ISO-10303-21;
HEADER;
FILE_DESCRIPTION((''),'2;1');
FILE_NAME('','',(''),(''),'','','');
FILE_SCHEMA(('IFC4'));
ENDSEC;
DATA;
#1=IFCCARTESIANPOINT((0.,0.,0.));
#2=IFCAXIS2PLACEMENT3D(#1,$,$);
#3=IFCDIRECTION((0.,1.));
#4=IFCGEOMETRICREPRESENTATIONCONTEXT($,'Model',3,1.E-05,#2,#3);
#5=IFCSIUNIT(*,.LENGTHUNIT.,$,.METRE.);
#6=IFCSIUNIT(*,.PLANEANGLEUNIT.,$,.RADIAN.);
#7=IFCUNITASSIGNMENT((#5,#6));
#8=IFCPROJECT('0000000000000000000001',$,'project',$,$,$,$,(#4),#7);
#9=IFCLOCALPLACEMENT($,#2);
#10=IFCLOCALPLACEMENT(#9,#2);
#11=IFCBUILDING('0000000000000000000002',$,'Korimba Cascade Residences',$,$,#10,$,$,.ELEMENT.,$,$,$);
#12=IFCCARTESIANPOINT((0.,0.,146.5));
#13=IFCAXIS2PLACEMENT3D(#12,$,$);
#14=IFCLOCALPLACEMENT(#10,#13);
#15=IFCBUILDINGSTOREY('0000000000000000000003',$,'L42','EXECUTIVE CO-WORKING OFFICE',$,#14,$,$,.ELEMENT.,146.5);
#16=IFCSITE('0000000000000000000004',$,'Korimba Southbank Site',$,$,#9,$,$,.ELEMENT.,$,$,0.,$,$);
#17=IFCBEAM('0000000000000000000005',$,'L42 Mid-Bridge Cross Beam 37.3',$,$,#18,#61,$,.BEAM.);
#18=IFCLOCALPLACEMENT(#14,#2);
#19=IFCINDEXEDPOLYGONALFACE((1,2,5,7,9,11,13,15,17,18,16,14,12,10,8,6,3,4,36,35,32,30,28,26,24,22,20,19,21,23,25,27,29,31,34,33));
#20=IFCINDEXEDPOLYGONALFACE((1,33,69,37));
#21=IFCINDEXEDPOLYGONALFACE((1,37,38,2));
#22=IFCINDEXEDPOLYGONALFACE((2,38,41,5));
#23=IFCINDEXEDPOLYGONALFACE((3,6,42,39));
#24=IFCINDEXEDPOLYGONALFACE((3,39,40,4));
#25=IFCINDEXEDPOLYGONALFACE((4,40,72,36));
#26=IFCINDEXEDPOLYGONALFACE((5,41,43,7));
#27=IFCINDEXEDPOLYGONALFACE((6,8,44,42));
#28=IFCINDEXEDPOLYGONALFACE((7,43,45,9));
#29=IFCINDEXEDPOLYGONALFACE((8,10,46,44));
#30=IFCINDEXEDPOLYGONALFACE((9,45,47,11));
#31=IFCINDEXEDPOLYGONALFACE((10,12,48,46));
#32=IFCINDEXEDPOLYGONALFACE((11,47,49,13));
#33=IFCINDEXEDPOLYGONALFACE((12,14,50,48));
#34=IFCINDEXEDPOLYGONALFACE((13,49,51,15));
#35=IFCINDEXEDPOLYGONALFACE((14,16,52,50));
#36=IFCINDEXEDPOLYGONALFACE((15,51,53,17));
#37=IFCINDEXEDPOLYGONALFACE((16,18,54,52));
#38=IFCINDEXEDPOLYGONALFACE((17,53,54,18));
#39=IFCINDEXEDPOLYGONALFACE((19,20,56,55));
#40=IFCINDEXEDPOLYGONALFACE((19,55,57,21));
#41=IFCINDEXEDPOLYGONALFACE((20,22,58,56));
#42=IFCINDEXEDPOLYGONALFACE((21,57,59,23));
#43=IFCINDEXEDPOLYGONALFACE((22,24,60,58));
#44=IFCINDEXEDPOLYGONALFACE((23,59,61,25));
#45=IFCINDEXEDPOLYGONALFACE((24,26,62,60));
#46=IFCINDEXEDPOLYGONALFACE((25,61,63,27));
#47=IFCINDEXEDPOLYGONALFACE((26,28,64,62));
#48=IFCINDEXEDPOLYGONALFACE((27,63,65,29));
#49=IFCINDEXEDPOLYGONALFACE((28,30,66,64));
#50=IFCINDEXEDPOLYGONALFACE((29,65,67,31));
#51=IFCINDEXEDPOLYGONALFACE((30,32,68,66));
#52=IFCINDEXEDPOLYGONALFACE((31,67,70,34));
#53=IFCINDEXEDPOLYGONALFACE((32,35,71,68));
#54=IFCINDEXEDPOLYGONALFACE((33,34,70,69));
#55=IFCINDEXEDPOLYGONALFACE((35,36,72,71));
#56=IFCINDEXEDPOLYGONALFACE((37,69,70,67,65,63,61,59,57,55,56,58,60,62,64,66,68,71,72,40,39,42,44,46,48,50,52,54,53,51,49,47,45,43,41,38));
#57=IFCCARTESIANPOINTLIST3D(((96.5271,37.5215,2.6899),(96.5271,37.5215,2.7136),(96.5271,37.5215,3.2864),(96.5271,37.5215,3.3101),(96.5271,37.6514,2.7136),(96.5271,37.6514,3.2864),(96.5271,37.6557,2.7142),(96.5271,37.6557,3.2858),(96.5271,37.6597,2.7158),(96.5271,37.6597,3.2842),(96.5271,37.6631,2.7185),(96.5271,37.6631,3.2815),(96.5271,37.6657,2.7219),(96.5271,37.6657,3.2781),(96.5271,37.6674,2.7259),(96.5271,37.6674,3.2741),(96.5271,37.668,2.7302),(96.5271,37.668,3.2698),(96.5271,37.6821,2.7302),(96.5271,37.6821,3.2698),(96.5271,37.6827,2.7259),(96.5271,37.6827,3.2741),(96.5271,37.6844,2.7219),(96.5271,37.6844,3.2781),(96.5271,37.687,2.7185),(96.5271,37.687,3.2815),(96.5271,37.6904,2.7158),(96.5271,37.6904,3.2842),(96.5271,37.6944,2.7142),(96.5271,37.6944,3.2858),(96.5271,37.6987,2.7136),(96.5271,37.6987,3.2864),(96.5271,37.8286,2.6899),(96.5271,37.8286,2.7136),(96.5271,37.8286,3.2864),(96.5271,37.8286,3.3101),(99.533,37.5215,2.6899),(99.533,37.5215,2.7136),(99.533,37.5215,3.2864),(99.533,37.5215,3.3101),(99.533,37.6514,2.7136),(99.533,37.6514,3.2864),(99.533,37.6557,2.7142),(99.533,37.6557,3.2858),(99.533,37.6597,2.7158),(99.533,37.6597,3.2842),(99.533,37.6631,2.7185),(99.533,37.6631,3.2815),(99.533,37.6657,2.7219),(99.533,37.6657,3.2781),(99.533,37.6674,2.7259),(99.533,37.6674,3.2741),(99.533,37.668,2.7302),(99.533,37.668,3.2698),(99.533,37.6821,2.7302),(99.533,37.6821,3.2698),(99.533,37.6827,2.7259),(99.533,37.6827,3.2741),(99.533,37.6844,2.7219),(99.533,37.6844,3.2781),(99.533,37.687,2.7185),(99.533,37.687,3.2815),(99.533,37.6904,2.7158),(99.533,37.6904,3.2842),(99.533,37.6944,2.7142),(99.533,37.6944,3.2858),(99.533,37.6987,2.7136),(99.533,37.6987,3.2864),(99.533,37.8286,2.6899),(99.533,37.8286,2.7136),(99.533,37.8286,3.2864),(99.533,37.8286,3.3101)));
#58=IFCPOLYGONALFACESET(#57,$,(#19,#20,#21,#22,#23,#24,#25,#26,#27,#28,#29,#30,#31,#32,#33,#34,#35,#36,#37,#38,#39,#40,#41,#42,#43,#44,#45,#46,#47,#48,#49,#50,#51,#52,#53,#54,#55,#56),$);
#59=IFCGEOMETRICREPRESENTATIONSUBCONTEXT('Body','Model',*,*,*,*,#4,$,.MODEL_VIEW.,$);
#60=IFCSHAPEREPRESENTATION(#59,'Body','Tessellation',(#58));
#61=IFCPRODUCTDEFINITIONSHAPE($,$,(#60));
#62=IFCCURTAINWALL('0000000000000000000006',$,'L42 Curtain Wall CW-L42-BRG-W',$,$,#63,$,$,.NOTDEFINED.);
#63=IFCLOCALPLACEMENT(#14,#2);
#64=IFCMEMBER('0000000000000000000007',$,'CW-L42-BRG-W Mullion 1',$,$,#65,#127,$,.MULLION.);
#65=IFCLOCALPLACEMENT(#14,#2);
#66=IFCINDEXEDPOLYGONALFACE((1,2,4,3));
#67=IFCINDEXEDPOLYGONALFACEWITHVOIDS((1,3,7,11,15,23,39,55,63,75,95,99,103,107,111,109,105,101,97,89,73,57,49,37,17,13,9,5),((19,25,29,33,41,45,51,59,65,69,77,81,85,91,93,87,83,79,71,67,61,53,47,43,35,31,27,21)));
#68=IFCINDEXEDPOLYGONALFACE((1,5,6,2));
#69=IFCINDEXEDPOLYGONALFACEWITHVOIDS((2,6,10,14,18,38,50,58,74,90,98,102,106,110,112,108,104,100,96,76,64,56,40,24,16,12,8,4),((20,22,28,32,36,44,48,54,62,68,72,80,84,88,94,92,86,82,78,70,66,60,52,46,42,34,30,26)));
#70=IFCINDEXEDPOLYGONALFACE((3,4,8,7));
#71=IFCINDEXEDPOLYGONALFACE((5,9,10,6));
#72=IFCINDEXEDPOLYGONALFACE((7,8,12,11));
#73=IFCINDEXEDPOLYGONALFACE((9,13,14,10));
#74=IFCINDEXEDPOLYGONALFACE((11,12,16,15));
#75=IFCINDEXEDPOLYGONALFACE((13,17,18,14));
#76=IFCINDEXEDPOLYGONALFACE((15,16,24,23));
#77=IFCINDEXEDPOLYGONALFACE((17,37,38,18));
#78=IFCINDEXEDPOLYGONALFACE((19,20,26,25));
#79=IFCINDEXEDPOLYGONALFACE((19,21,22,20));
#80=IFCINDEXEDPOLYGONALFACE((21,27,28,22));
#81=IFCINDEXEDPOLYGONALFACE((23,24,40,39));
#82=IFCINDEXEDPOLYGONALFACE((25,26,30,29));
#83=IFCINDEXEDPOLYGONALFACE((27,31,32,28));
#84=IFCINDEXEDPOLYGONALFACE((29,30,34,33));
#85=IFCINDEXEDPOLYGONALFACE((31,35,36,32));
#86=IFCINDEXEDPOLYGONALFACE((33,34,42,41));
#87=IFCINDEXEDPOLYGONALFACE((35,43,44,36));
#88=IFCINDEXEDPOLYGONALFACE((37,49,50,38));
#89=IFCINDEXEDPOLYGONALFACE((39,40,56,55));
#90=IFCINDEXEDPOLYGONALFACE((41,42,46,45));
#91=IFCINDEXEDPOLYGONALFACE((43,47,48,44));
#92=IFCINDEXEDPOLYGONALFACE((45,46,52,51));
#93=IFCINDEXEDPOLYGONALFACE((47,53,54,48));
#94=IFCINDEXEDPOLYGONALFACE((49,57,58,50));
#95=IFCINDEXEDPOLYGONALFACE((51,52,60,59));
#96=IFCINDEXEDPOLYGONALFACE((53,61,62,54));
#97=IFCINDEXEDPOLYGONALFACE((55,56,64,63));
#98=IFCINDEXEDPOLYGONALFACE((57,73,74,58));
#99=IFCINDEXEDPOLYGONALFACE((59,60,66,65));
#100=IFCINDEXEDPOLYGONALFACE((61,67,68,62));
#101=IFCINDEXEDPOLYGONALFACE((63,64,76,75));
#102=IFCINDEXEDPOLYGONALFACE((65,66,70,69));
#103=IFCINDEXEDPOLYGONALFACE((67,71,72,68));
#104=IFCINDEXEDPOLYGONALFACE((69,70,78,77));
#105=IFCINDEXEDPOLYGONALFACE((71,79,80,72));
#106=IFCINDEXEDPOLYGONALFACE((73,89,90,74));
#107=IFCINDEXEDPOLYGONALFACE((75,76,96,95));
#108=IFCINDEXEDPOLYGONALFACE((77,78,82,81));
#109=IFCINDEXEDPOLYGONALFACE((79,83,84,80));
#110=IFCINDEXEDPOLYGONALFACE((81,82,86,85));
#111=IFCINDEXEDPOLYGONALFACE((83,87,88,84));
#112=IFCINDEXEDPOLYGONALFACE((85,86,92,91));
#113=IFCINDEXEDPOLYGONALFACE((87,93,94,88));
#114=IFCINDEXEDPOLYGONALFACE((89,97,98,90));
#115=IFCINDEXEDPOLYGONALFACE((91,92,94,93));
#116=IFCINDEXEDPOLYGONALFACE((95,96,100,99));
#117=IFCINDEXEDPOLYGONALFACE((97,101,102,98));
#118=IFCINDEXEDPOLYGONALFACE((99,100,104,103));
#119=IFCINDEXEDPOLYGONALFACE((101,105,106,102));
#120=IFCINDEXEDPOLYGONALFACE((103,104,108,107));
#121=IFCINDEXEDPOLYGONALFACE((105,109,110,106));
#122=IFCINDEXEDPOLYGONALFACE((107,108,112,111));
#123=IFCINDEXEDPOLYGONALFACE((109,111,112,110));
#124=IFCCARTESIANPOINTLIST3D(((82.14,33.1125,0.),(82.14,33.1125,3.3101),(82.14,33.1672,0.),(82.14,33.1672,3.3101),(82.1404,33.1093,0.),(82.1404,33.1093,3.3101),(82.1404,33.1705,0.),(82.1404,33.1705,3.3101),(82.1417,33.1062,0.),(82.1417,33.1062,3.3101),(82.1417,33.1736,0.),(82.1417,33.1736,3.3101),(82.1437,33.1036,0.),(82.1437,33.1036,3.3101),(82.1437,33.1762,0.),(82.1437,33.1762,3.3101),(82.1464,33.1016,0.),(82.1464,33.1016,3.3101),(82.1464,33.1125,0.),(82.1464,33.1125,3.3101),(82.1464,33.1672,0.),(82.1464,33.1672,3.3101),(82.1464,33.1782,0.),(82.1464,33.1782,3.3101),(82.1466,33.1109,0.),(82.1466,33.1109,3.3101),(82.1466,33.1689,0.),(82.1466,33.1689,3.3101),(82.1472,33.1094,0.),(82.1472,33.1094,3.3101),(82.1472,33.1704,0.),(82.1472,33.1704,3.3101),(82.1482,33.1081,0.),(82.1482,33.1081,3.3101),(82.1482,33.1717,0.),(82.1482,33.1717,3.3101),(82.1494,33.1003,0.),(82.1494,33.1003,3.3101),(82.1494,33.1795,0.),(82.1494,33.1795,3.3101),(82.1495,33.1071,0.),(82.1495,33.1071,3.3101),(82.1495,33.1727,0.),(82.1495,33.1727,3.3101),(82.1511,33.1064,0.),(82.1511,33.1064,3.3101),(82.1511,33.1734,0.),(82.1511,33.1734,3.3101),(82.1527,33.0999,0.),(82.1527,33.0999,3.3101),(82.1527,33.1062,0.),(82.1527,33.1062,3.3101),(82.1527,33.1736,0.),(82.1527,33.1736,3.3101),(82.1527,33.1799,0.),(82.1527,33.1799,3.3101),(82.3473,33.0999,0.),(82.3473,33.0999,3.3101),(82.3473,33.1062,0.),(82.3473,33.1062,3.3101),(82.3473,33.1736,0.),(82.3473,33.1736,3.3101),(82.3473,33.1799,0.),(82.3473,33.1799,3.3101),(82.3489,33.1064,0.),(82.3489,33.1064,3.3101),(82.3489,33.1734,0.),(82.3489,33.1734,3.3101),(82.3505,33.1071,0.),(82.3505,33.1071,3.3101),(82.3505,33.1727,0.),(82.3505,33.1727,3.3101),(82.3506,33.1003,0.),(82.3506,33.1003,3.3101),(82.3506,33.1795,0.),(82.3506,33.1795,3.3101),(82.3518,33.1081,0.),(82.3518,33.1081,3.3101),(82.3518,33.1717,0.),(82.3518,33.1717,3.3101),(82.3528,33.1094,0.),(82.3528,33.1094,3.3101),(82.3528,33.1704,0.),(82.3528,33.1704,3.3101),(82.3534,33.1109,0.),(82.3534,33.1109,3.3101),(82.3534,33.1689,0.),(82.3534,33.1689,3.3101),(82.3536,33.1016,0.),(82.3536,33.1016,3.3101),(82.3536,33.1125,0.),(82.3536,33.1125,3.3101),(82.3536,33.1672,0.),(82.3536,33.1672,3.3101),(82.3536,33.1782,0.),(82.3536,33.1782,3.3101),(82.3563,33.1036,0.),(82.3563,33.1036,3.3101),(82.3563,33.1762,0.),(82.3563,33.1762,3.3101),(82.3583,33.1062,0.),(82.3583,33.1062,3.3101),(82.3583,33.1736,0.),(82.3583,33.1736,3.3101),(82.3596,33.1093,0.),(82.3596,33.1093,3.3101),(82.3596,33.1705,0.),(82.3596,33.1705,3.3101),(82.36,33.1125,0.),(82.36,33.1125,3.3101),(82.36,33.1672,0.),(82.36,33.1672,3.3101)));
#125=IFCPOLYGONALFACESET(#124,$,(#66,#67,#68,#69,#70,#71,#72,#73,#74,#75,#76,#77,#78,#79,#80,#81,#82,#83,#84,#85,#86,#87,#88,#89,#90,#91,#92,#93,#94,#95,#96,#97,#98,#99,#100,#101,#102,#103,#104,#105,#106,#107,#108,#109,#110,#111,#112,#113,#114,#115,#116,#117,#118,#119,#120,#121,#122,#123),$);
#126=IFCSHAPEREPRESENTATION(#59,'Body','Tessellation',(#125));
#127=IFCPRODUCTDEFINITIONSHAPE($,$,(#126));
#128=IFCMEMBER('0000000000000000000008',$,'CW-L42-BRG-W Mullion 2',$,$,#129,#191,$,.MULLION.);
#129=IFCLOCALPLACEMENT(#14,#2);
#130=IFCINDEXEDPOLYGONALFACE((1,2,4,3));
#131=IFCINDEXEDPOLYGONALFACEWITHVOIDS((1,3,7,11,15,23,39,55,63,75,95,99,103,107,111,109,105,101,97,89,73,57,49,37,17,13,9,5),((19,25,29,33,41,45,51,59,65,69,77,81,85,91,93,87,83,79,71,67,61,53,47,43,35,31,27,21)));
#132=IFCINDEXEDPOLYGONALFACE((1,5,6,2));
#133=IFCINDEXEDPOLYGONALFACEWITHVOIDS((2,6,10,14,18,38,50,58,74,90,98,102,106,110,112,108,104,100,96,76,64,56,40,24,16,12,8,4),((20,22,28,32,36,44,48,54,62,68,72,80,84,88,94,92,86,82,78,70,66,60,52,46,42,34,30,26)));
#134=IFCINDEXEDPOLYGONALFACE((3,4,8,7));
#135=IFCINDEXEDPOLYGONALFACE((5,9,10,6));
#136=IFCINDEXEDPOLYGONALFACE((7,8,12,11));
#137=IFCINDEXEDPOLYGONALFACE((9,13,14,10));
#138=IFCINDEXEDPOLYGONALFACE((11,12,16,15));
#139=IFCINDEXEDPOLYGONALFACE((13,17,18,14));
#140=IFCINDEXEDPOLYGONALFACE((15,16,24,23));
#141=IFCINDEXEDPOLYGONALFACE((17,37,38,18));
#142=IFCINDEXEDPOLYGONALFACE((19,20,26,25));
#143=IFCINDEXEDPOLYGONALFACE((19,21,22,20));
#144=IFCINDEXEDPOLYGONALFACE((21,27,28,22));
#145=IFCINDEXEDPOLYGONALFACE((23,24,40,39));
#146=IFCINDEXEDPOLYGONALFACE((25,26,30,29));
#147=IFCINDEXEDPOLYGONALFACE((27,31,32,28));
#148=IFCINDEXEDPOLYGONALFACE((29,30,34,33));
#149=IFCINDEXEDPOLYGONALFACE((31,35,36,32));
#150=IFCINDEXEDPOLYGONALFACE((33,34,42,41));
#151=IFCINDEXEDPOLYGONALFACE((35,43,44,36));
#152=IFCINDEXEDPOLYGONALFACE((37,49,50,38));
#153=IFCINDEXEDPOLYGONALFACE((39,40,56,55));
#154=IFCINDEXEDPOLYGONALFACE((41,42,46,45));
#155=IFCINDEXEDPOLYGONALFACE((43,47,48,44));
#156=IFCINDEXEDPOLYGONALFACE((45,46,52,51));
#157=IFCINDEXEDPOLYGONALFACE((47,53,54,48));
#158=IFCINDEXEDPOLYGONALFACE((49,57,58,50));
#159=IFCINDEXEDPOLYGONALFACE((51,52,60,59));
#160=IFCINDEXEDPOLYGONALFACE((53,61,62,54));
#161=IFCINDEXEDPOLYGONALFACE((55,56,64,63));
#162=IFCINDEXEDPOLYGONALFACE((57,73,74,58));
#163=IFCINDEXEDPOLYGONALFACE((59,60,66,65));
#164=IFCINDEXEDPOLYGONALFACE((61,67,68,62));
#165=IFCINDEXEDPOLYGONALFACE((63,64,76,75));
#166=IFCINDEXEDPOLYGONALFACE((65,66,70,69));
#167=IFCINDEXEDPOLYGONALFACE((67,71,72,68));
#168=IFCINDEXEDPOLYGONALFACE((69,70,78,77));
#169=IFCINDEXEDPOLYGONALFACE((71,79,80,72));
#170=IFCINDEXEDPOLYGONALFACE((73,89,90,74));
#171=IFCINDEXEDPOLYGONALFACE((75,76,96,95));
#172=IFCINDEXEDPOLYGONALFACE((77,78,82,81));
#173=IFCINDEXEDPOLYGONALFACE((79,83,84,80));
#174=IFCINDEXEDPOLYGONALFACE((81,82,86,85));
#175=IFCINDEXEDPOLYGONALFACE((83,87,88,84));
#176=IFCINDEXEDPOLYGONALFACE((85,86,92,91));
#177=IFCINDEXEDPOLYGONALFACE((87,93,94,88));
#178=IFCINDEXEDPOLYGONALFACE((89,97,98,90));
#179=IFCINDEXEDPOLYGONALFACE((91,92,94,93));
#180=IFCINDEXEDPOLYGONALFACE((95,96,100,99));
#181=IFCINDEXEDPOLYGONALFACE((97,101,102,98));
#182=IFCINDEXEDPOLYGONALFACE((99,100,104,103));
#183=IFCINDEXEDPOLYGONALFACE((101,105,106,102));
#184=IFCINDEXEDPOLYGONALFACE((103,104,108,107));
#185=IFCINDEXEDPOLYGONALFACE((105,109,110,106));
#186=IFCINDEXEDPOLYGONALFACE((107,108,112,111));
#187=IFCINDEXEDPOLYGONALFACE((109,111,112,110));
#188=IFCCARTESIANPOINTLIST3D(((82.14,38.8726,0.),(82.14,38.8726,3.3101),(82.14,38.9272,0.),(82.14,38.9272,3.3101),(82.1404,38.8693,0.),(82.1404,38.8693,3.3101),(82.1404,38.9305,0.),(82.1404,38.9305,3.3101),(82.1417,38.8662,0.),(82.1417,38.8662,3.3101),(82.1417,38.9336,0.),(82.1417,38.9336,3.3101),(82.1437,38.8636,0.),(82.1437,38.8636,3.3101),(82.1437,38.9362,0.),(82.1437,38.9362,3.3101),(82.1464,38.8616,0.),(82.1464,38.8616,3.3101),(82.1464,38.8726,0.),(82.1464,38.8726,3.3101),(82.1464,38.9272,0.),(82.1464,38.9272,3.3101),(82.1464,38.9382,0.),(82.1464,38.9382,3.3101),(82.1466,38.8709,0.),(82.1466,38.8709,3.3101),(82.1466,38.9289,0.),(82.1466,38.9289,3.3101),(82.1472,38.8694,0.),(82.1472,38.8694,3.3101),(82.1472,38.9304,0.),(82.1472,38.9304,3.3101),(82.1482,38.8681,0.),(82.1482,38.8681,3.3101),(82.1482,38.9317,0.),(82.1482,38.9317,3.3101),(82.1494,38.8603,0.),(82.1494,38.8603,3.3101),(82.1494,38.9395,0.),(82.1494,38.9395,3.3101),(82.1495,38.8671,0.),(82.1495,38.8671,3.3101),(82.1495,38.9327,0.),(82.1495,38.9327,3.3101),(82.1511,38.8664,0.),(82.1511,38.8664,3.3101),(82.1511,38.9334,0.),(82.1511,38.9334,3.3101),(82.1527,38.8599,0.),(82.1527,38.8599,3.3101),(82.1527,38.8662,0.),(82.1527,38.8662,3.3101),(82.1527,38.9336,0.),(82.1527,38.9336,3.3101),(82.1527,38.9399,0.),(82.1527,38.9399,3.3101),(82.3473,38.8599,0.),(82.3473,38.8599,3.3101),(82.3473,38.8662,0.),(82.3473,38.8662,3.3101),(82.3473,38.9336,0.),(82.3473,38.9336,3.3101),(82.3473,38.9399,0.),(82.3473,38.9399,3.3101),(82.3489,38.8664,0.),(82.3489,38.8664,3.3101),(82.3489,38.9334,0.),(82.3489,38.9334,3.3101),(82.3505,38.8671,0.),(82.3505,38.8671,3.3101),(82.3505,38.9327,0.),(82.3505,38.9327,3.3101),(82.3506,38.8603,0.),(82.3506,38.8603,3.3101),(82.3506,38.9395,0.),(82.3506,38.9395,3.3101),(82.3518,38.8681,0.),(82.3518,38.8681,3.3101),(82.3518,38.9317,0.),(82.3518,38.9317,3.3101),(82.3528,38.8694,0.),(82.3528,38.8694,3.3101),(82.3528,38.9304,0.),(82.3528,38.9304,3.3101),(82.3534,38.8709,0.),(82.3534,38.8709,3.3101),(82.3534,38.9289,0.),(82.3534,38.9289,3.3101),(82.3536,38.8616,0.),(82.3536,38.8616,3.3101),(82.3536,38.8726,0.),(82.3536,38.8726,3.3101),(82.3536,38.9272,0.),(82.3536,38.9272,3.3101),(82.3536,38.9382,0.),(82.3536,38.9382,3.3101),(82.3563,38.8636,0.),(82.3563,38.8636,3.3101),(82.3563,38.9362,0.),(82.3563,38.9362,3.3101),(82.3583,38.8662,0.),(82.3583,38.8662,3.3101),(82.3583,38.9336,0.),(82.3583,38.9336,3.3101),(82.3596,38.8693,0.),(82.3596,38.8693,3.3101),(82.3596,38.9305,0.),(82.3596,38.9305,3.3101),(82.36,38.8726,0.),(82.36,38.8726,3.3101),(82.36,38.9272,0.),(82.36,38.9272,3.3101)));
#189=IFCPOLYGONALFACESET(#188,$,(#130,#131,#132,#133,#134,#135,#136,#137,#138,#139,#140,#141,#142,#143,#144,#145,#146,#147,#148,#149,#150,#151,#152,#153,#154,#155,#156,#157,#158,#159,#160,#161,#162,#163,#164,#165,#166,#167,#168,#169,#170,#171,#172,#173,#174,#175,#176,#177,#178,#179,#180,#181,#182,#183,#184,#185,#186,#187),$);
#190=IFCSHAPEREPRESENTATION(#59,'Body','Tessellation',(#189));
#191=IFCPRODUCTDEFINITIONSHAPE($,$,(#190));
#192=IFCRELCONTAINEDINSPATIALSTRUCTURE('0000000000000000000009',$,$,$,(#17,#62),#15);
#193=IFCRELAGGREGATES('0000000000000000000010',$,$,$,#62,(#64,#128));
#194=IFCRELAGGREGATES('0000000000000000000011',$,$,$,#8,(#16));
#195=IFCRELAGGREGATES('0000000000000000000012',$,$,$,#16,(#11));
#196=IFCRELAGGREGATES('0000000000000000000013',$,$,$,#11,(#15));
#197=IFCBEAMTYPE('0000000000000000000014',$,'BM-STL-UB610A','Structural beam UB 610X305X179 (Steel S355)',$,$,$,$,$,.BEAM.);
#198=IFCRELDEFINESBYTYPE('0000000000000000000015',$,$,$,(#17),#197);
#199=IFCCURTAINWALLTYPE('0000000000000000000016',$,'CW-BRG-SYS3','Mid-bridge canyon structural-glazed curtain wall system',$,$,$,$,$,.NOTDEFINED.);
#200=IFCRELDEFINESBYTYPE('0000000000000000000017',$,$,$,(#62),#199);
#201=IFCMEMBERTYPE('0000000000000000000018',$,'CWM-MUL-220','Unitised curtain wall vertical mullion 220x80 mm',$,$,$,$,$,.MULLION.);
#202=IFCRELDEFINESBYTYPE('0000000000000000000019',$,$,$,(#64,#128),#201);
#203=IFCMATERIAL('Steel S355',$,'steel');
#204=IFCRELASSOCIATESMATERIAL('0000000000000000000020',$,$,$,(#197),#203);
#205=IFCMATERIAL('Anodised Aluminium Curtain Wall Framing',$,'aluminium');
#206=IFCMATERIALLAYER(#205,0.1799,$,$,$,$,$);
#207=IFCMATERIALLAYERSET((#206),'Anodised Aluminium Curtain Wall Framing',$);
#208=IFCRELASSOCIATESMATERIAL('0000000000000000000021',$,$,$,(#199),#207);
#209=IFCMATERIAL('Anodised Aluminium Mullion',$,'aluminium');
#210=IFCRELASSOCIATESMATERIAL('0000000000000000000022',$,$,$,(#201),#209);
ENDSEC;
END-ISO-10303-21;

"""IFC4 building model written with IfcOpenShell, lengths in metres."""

from ifc_helpers import new_model, si_unit, direction, frame, origin, origin_2d, place, context, subcontext, project, spatial, hollow_rectangle, i_section, extrude, material, layer, layer_set, material_profile, profile_set, type_object, element, aggregate, save


model = new_model("IFC4")

# Units and contexts
model_context = context("Model", 3, precision=1e-05, world=origin(), true_north=direction((0.0, 1.0)))
body_context = subcontext(model_context, "Body", "Model", "MODEL_VIEW")
ifc_project = project(units=[si_unit("LENGTHUNIT", "METRE"), si_unit("PLANEANGLEUNIT", "RADIAN")], contexts=[model_context])

# Site, building, storey
site_placement = place(None, origin())
site = spatial("IfcSite", under=ifc_project, at=site_placement, Name="Korimba Southbank Site", CompositionType="ELEMENT", RefElevation=0.0)
building_placement = place(site_placement, origin())
building = spatial("IfcBuilding", under=site, at=building_placement, Name="Korimba Cascade Residences", CompositionType="ELEMENT")
storey_placement = place(building_placement, frame((0.0, 0.0, 146.5)))
storey = spatial("IfcBuildingStorey", under=building, at=storey_placement, Name="L42", Description="EXECUTIVE CO-WORKING OFFICE", CompositionType="ELEMENT", Elevation=146.5)

# Beam
ifc_material_1 = material(Name="Steel S355", Category="steel")
ifc_material_profile_1 = material_profile(ifc_material_1, i_section(OverallWidth=0.3071, OverallDepth=0.6201, WebThickness=0.0142, FlangeThickness=0.0237, FilletRadius=0.0166, at=origin_2d()), Name="Steel S355")
ifc_profile_set_1 = profile_set([ifc_material_profile_1], Name="Steel S355")
beam_type = type_object("IfcBeamType", Name="BM-STL-UB610A", Description="Structural beam UB 610X305X179 (Steel S355)", PredefinedType="BEAM", material=ifc_profile_set_1)
beam_1_placement = place(storey_placement, frame((96.5271, 37.675, 3.0), z_axis=(1.0, 0.0, 0.0), x_axis=(0.0, 1.0, 0.0)))
element("IfcBeam", 1, at=beam_1_placement, inside=storey, type_object=beam_type, Name="L42 Mid-Bridge Cross Beam 37.3", PredefinedType="BEAM", context=body_context, shape_type="SweptSolid", body=[
    extrude(i_section(OverallWidth=0.3071, OverallDepth=0.6201, WebThickness=0.0142, FlangeThickness=0.0237, FilletRadius=0.0166, at=origin_2d()), origin(), (0.0, 0.0, 1.0), 3.0059),
])

# Curtain wall, members
ifc_material_2 = material(Name="Anodised Aluminium Curtain Wall Framing", Category="aluminium")
ifc_layer_1 = layer(ifc_material_2, 0.1799)
ifc_layer_set_1 = layer_set([ifc_layer_1], Name="Anodised Aluminium Curtain Wall Framing")
curtain_wall_type = type_object("IfcCurtainWallType", Name="CW-BRG-SYS3", Description="Mid-bridge canyon structural-glazed curtain wall system", PredefinedType="NOTDEFINED", material=ifc_layer_set_1)
curtain_wall_placement = place(storey_placement, origin())
curtain_wall = element("IfcCurtainWall", 2, at=curtain_wall_placement, inside=storey, type_object=curtain_wall_type, Name="L42 Curtain Wall CW-L42-BRG-W", PredefinedType="NOTDEFINED")
ifc_material_3 = material(Name="Anodised Aluminium Mullion", Category="aluminium")
ifc_material_profile_2 = material_profile(ifc_material_3, hollow_rectangle(XDim=0.0801, YDim=0.22, WallThickness=0.0063, InnerFilletRadius=0.0063, OuterFilletRadius=0.0127, at=origin_2d()), Name="Anodised Aluminium Mullion")
ifc_profile_set_2 = profile_set([ifc_material_profile_2], Name="Anodised Aluminium Mullion")
member_type_1 = type_object("IfcMemberType", Name="CWM-MUL-220", Description="Unitised curtain wall vertical mullion 220x80 mm", PredefinedType="MULLION", material=ifc_profile_set_2)
member_1_placement = place(storey_placement, frame((82.25, 33.1399, 0.0), z_axis=(0.0, 0.0, 1.0), x_axis=(0.0, 1.0, 0.0)))
member_1 = element("IfcMember", 3, at=member_1_placement, type_object=member_type_1, Name="CW-L42-BRG-W Mullion 1", PredefinedType="MULLION", context=body_context, shape_type="SweptSolid", body=[
    extrude(hollow_rectangle(XDim=0.0801, YDim=0.22, WallThickness=0.0063, InnerFilletRadius=0.0063, OuterFilletRadius=0.0127, at=origin_2d()), origin(), (0.0, 0.0, 1.0), 3.3101),
])
member_2_placement = place(storey_placement, frame((82.25, 38.8999, 0.0), z_axis=(0.0, 0.0, 1.0), x_axis=(0.0, 1.0, 0.0)))
member_2 = element("IfcMember", 4, at=member_2_placement, type_object=member_type_1, Name="CW-L42-BRG-W Mullion 2", PredefinedType="MULLION", context=body_context, shape_type="SweptSolid", body=[
    extrude(hollow_rectangle(XDim=0.0801, YDim=0.22, WallThickness=0.0063, InnerFilletRadius=0.0063, OuterFilletRadius=0.0127, at=origin_2d()), origin(), (0.0, 0.0, 1.0), 3.3101),
])
aggregate(curtain_wall, [member_1, member_2])

save(model, "model.ifc")
